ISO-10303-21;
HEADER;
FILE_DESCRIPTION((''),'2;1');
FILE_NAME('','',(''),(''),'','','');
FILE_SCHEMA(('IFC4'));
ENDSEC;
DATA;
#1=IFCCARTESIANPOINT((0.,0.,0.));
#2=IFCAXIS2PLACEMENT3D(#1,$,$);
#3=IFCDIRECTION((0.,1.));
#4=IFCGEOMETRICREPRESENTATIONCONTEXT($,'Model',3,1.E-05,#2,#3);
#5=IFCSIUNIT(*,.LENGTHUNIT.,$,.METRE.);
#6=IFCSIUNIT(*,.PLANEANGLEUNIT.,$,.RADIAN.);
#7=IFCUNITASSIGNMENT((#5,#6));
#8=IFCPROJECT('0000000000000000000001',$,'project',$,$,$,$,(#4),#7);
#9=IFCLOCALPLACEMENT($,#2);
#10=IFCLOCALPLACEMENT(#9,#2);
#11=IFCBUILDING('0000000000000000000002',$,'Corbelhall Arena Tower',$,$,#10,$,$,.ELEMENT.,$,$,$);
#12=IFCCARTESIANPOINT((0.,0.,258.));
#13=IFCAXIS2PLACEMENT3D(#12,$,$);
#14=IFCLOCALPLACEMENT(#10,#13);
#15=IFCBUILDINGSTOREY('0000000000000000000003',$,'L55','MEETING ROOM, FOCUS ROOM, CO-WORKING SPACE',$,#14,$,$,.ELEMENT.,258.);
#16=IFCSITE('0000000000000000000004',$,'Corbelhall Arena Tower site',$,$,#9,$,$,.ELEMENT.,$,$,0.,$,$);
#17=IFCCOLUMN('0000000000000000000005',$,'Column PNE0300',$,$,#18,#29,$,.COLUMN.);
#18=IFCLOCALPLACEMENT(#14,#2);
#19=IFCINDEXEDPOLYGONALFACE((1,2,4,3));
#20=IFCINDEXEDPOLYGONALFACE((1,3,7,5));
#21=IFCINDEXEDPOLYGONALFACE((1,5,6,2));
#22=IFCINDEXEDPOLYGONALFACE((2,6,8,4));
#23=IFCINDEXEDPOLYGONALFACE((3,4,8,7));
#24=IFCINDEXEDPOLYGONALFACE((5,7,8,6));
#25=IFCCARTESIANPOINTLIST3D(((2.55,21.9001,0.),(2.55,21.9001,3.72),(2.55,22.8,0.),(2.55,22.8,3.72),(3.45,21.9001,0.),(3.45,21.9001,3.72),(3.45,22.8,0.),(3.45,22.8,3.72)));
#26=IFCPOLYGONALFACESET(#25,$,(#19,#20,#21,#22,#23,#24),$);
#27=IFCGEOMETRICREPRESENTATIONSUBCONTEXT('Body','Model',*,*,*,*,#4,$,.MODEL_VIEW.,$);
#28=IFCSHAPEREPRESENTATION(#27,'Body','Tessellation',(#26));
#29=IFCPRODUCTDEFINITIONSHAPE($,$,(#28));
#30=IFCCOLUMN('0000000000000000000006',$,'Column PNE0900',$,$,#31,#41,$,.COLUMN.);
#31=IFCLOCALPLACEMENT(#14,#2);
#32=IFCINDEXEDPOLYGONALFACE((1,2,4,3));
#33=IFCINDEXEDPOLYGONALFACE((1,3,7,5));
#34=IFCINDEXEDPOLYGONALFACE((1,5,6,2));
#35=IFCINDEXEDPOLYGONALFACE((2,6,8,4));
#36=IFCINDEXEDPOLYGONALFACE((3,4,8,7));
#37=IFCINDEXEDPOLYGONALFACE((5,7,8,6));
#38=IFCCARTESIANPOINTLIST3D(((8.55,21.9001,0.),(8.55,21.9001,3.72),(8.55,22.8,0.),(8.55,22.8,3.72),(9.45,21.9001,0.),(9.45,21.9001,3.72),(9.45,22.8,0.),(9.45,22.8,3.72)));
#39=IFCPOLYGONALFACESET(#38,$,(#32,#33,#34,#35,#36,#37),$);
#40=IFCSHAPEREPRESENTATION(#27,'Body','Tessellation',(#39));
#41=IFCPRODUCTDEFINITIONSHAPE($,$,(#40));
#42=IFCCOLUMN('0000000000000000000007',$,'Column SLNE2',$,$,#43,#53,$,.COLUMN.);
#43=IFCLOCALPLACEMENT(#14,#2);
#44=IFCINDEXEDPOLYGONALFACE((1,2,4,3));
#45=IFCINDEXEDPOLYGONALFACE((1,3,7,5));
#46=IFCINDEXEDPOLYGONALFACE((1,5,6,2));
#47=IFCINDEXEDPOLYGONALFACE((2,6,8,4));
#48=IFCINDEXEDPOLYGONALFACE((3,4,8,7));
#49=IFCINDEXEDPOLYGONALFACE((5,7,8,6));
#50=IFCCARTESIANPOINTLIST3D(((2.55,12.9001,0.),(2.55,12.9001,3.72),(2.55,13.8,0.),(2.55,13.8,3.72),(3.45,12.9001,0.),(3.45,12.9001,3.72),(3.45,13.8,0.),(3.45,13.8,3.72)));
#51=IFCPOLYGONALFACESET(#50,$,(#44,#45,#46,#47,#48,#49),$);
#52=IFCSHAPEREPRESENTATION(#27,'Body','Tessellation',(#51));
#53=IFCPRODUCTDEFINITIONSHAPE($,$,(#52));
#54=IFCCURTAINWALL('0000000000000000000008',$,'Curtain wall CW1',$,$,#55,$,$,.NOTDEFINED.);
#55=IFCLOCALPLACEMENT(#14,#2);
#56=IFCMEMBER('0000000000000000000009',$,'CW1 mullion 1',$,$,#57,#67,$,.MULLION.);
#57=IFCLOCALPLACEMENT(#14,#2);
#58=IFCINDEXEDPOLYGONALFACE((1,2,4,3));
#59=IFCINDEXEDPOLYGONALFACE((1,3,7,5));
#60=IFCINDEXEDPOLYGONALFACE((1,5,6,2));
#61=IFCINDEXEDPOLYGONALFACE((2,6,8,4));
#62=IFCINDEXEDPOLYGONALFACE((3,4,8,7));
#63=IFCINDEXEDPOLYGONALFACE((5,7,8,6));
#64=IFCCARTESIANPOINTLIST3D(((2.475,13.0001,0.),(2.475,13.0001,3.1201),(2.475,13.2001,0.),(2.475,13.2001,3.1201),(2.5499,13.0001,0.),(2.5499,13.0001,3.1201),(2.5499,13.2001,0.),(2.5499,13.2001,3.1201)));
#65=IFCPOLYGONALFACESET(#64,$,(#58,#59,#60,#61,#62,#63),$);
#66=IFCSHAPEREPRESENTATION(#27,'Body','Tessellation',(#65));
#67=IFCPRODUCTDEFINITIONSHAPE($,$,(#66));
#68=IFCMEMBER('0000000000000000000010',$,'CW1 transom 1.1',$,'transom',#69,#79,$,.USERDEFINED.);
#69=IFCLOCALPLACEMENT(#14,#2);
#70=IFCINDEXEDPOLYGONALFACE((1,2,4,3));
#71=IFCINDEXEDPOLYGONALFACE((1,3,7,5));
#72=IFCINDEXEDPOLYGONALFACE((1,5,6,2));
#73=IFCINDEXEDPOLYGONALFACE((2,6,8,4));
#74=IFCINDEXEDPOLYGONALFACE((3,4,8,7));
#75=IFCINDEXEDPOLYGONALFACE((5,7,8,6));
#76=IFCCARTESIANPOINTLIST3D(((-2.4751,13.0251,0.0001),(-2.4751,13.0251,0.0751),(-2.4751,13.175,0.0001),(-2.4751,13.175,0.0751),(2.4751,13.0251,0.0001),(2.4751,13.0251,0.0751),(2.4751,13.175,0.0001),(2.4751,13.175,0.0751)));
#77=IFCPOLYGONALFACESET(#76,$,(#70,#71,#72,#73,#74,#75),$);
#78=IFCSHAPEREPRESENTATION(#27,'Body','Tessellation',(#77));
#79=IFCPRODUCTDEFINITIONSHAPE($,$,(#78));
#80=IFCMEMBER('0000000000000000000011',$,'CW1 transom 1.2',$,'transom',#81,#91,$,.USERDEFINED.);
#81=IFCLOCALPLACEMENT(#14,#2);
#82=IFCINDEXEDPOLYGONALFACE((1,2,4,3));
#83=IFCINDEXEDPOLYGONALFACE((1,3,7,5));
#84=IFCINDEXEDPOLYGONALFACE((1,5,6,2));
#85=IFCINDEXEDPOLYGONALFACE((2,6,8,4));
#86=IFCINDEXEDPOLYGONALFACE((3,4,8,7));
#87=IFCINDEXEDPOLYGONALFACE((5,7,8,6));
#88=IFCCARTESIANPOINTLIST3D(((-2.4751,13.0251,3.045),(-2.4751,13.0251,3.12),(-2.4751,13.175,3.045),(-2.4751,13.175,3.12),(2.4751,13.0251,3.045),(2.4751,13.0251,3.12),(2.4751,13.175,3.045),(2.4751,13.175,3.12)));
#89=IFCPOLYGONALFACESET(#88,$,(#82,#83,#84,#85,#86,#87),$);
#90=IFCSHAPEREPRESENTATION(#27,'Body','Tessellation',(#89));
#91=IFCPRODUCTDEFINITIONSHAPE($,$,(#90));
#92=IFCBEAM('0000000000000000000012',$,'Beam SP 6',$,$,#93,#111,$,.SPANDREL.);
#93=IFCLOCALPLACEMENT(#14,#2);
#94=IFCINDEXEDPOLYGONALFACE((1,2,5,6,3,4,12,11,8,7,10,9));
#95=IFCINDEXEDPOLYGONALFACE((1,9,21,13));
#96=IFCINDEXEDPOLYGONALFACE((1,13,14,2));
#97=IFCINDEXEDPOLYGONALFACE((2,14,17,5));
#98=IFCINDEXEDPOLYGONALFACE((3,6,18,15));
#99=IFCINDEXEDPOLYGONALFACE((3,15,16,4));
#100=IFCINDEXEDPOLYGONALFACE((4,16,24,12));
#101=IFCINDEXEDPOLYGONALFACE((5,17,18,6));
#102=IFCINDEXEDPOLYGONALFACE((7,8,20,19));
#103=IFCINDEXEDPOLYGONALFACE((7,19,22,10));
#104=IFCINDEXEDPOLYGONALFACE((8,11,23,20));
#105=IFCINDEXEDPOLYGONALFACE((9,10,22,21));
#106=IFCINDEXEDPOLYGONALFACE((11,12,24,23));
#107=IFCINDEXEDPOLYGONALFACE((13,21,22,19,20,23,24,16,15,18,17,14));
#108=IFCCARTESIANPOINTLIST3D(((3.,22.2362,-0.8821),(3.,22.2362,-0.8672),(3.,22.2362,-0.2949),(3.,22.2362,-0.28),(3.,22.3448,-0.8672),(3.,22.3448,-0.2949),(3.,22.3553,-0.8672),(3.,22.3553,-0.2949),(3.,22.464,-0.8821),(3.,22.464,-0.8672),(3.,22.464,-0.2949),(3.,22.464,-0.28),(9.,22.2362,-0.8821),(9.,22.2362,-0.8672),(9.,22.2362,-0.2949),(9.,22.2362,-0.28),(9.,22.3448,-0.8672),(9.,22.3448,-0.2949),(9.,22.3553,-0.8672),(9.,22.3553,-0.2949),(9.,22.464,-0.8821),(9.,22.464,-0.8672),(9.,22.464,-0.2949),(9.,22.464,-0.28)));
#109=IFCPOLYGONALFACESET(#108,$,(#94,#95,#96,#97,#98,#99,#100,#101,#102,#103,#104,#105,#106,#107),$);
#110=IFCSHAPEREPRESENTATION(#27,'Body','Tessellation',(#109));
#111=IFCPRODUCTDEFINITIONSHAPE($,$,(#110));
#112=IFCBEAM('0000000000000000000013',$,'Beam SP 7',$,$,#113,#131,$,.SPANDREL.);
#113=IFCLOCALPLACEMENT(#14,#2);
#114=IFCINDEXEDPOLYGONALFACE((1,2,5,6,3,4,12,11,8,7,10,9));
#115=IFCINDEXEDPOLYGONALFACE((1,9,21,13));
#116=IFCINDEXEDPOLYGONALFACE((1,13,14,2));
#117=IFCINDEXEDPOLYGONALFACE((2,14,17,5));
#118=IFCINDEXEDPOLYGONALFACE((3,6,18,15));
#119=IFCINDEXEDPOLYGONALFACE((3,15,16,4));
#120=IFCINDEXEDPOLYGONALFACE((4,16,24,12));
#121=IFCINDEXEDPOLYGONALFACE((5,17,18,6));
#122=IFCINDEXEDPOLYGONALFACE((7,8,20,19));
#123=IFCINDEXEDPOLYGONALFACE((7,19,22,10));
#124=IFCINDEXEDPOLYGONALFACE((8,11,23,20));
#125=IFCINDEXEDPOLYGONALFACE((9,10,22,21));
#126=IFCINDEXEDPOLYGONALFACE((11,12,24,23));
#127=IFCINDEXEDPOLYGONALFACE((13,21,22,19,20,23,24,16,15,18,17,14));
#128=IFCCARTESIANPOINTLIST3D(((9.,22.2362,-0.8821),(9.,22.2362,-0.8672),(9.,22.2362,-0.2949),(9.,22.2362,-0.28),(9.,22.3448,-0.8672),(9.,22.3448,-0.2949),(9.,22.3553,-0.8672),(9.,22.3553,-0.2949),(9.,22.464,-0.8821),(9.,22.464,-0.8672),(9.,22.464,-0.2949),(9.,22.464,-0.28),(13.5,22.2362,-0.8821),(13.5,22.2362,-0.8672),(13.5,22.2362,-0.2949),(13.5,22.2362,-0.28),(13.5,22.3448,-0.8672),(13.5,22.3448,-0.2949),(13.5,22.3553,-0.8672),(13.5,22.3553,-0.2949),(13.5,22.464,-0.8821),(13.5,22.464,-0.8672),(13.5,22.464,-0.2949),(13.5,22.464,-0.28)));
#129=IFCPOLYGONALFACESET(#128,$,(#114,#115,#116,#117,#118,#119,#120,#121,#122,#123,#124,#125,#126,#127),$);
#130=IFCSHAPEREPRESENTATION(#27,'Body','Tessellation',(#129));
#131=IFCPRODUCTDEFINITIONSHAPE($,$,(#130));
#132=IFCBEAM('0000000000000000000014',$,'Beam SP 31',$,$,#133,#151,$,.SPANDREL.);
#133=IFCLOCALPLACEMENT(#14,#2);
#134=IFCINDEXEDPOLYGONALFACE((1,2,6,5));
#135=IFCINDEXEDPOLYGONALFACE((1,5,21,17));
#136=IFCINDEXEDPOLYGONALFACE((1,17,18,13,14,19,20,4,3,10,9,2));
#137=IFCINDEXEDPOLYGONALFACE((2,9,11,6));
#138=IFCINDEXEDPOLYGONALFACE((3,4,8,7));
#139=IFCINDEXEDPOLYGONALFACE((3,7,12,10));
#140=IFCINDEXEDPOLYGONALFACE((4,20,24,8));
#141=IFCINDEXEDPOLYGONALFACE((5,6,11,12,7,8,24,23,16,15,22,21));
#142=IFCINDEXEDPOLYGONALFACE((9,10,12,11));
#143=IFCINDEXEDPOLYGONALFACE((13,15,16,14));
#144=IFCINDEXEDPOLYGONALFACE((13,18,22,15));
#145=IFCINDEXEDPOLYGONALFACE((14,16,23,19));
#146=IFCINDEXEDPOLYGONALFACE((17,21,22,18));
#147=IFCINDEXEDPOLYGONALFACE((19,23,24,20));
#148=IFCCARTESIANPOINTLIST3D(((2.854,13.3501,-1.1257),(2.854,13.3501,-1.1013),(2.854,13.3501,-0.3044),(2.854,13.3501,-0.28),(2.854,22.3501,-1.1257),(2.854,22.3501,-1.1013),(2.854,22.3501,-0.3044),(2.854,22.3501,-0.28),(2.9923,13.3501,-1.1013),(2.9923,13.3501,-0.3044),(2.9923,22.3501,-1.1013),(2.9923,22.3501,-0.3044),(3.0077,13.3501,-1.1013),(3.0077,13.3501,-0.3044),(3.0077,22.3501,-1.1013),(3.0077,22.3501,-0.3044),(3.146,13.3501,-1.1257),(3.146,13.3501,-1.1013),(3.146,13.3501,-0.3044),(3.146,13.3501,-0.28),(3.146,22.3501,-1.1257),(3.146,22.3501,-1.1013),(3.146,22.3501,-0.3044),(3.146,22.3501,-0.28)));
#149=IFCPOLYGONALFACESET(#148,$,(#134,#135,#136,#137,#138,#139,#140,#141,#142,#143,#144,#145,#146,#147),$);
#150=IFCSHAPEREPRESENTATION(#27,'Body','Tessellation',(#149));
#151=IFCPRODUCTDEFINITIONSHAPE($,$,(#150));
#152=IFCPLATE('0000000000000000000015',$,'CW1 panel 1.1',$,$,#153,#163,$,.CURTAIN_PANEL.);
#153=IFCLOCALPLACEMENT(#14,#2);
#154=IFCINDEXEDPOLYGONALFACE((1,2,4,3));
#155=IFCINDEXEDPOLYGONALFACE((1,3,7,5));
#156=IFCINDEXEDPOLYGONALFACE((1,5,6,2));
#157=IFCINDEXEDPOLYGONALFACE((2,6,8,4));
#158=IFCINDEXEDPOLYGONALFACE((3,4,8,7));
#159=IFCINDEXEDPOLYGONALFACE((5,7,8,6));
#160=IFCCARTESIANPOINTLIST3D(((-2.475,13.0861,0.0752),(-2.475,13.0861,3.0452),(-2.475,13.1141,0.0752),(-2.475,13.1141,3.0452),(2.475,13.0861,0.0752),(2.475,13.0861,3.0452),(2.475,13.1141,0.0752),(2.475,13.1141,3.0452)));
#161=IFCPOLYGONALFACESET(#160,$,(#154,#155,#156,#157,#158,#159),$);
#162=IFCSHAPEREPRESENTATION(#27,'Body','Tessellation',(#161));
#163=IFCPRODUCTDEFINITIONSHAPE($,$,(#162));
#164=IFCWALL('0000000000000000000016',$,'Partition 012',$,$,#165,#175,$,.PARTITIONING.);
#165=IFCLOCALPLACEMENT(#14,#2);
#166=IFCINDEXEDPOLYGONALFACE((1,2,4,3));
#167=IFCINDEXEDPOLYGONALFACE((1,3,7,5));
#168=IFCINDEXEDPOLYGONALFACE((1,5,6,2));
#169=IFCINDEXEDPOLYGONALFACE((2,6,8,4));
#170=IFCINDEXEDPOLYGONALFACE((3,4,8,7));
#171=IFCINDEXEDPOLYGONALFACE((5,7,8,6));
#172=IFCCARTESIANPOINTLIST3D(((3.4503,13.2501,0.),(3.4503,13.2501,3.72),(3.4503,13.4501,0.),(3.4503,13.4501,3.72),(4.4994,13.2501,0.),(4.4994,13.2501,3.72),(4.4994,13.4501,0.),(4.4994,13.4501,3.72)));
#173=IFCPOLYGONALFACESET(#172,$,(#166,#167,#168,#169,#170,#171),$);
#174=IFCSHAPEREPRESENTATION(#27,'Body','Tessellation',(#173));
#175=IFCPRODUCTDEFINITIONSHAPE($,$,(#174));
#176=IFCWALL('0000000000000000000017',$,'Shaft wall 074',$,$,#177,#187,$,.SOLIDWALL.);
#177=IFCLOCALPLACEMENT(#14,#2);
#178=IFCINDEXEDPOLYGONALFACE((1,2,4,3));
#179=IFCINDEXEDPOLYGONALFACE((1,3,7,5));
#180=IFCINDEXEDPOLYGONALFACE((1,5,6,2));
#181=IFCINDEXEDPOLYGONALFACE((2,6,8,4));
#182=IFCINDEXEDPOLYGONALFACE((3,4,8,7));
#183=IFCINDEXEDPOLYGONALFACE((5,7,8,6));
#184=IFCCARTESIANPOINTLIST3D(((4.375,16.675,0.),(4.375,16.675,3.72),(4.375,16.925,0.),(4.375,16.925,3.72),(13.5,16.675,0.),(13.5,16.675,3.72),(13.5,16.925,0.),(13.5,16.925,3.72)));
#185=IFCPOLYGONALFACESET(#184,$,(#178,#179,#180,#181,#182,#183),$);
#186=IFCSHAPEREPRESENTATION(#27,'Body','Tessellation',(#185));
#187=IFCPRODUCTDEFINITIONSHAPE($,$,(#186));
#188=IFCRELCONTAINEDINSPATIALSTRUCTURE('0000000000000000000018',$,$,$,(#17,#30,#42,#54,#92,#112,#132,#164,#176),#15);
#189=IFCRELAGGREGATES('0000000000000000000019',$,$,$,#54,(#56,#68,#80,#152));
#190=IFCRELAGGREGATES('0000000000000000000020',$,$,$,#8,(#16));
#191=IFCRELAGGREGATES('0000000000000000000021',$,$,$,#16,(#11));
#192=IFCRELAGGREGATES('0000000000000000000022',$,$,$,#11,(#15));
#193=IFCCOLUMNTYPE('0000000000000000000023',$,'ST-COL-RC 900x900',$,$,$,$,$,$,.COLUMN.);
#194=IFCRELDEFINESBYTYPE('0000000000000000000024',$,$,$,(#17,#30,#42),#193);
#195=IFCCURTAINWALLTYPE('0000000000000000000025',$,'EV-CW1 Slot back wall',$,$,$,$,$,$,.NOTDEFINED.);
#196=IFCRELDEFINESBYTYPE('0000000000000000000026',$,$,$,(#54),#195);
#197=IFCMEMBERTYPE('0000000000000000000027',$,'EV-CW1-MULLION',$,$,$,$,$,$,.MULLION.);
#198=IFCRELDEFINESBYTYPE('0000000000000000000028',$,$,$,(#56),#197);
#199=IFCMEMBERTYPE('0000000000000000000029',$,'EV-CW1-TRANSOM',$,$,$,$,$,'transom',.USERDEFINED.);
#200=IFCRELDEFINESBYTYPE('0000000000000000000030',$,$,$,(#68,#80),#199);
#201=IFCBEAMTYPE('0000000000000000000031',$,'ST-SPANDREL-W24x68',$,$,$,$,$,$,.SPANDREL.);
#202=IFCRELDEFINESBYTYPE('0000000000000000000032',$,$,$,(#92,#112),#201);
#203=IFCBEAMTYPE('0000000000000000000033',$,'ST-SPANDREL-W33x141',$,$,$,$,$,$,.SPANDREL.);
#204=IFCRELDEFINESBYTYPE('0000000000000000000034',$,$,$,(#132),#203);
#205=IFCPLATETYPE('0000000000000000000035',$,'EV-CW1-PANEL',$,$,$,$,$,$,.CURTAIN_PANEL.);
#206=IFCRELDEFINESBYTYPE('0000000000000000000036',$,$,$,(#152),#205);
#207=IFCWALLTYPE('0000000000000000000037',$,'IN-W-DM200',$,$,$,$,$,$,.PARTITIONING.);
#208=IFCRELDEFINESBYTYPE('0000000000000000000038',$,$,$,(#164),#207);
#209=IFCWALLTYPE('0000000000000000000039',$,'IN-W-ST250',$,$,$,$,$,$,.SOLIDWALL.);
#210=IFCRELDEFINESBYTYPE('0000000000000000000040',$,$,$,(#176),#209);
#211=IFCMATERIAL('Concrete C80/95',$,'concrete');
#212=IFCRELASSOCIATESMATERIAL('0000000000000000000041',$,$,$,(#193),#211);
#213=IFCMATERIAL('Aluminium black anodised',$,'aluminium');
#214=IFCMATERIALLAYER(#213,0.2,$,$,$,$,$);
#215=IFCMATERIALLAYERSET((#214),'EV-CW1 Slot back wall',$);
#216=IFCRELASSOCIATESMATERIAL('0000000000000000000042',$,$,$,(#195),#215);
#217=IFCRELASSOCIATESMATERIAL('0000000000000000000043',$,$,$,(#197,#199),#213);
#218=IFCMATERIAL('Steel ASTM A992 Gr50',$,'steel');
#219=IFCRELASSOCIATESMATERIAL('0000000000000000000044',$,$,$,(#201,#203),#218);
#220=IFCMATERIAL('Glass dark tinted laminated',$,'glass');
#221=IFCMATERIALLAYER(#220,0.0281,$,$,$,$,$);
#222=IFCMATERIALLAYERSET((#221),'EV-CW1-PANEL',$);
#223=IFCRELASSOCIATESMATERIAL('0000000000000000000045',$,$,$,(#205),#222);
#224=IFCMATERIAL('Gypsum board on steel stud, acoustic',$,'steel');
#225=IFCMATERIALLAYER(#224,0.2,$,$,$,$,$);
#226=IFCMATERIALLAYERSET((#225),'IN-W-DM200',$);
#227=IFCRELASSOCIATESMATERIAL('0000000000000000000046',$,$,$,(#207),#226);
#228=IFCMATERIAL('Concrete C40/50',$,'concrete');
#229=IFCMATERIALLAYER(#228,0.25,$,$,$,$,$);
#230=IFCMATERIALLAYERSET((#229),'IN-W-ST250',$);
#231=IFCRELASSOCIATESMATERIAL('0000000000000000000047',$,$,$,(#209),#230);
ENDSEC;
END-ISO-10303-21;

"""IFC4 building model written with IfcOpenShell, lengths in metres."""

from ifc_helpers import new_model, si_unit, direction, frame, frame_2d, origin, origin_2d, place, context, subcontext, project, spatial, rectangle, i_section, extrude, material, layer, layer_set, material_profile, profile_set, type_object, element, aggregate, save


model = new_model("IFC4")

# Units and contexts
model_context = context("Model", 3, precision=1e-05, world=origin(), true_north=direction((0.0, 1.0)))
body_context = subcontext(model_context, "Body", "Model", "MODEL_VIEW")
ifc_project = project(units=[si_unit("LENGTHUNIT", "METRE"), si_unit("PLANEANGLEUNIT", "RADIAN")], contexts=[model_context])

# Site, building, storey
site_placement = place(None, origin())
site = spatial("IfcSite", under=ifc_project, at=site_placement, Name="Corbelhall Arena Tower site", CompositionType="ELEMENT", RefElevation=0.0)
building_placement = place(site_placement, origin())
building = spatial("IfcBuilding", under=site, at=building_placement, Name="Corbelhall Arena Tower", CompositionType="ELEMENT")
storey_placement = place(building_placement, frame((0.0, 0.0, 258.0)))
storey = spatial("IfcBuildingStorey", under=building, at=storey_placement, Name="L55", Description="MEETING ROOM, FOCUS ROOM, CO-WORKING SPACE", CompositionType="ELEMENT", Elevation=258.0)

# Columns
ifc_material_1 = material(Name="Concrete C80/95", Category="concrete")
ifc_material_profile_1 = material_profile(ifc_material_1, rectangle(XDim=0.8999, YDim=0.8999, at=origin_2d()))
ifc_profile_set_1 = profile_set([ifc_material_profile_1], Name="Concrete C80/95")
column_type = type_object("IfcColumnType", Name="ST-COL-RC 900x900", PredefinedType="COLUMN", material=ifc_profile_set_1)
for number, where, z_axis, x_axis, name in (
    (1, (3.0, 22.3501, 0.0), (0.0, 0.0, 1.0), (1.0, 0.0, 0.0), "Column PNE0300"),
    (2, (9.0, 22.3501, 0.0), (0.0, 0.0, 1.0), (1.0, 0.0, 0.0), "Column PNE0900"),
    (3, (3.0, 13.3501, 0.0), (0.0, 0.0, 1.0), (1.0, 0.0, 0.0), "Column SLNE2"),
):
    element("IfcColumn", number, at=place(storey_placement, frame(where, z_axis=z_axis, x_axis=x_axis)), inside=storey, type_object=column_type, Name=name, PredefinedType="COLUMN", context=body_context, shape_type="SweptSolid", body=[
        extrude(rectangle(XDim=0.8999, YDim=0.8999, at=origin_2d()), origin(), (0.0, 0.0, 1.0), 3.72),
    ])

# Curtain wall, members
ifc_material_2 = material(Name="Aluminium black anodised", Category="aluminium")
ifc_layer_1 = layer(ifc_material_2, 0.2)
ifc_layer_set_1 = layer_set([ifc_layer_1], Name="EV-CW1 Slot back wall")
curtain_wall_type = type_object("IfcCurtainWallType", Name="EV-CW1 Slot back wall", PredefinedType="NOTDEFINED", material=ifc_layer_set_1)
curtain_wall_placement = place(storey_placement, origin())
curtain_wall = element("IfcCurtainWall", 4, at=curtain_wall_placement, inside=storey, type_object=curtain_wall_type, Name="Curtain wall CW1", PredefinedType="NOTDEFINED")
ifc_material_profile_2 = material_profile(ifc_material_2, rectangle(XDim=0.2, YDim=0.075, at=origin_2d()))
ifc_profile_set_2 = profile_set([ifc_material_profile_2], Name="Aluminium black anodised")
member_type_1 = type_object("IfcMemberType", Name="EV-CW1-MULLION", PredefinedType="MULLION", material=ifc_profile_set_2)
member_1_placement = place(storey_placement, frame((2.5125, 13.1001, 0.0), z_axis=(0.0, 0.0, 1.0), x_axis=(0.0, -1.0, 0.0)))
member_1 = element("IfcMember", 5, at=member_1_placement, type_object=member_type_1, Name="CW1 mullion 1", PredefinedType="MULLION", context=body_context, shape_type="SweptSolid", body=[
    extrude(rectangle(XDim=0.2, YDim=0.075, at=origin_2d()), origin(), (0.0, 0.0, 1.0), 3.1201),
])
ifc_material_profile_3 = material_profile(ifc_material_2, rectangle(XDim=0.1499, YDim=0.075, at=origin_2d()))
ifc_profile_set_3 = profile_set([ifc_material_profile_3], Name="Aluminium black anodised")
member_type_2 = type_object("IfcMemberType", Name="EV-CW1-TRANSOM", ElementType="transom", PredefinedType="USERDEFINED", material=ifc_profile_set_3)
member_2_placement = place(storey_placement, frame((2.4751, 13.1001, 0.0376), z_axis=(-1.0, 0.0, 0.0), x_axis=(0.0, -1.0, 0.0)))
member_2 = element("IfcMember", 6, at=member_2_placement, type_object=member_type_2, Name="CW1 transom 1.1", ObjectType="transom", PredefinedType="USERDEFINED", context=body_context, shape_type="SweptSolid", body=[
    extrude(rectangle(XDim=0.1499, YDim=0.075, at=origin_2d()), origin(), (0.0, 0.0, 1.0), 4.9502),
])
member_3_placement = place(storey_placement, frame((2.4751, 13.1001, 3.0825), z_axis=(-1.0, 0.0, 0.0), x_axis=(0.0, -1.0, 0.0)))
member_3 = element("IfcMember", 7, at=member_3_placement, type_object=member_type_2, Name="CW1 transom 1.2", ObjectType="transom", PredefinedType="USERDEFINED", context=body_context, shape_type="SweptSolid", body=[
    extrude(rectangle(XDim=0.1499, YDim=0.075, at=origin_2d()), origin(), (0.0, 0.0, 1.0), 4.9502),
])

# Beams
ifc_material_3 = material(Name="Steel ASTM A992 Gr50", Category="steel")
ifc_material_profile_4 = material_profile(ifc_material_3, i_section(OverallWidth=0.2278, OverallDepth=0.6021, WebThickness=0.0105, FlangeThickness=0.0149, at=origin_2d()))
ifc_profile_set_4 = profile_set([ifc_material_profile_4], Name="Steel ASTM A992 Gr50")
beam_type_1 = type_object("IfcBeamType", Name="ST-SPANDREL-W24x68", PredefinedType="SPANDREL", material=ifc_profile_set_4)
beam_1_placement = place(storey_placement, frame((3.0, 22.3501, -0.5811), z_axis=(1.0, 0.0, 0.0), x_axis=(0.0, 1.0, 0.0)))
element("IfcBeam", 8, at=beam_1_placement, inside=storey, type_object=beam_type_1, Name="Beam SP 6", PredefinedType="SPANDREL", context=body_context, shape_type="SweptSolid", body=[
    extrude(i_section(OverallWidth=0.2278, OverallDepth=0.6021, WebThickness=0.0105, FlangeThickness=0.0149, at=origin_2d()), origin(), (0.0, 0.0, 1.0), 6.0),
])
beam_2_placement = place(storey_placement, frame((9.0, 22.3501, -0.5811), z_axis=(1.0, 0.0, 0.0), x_axis=(0.0, 1.0, 0.0)))
element("IfcBeam", 9, at=beam_2_placement, inside=storey, type_object=beam_type_1, Name="Beam SP 7", PredefinedType="SPANDREL", context=body_context, shape_type="SweptSolid", body=[
    extrude(i_section(OverallWidth=0.2278, OverallDepth=0.6021, WebThickness=0.0105, FlangeThickness=0.0149, at=origin_2d()), origin(), (0.0, 0.0, 1.0), 4.5),
])
ifc_material_profile_5 = material_profile(ifc_material_3, i_section(OverallWidth=0.292, OverallDepth=0.8457, WebThickness=0.0154, FlangeThickness=0.0244, at=origin_2d()))
ifc_profile_set_5 = profile_set([ifc_material_profile_5], Name="Steel ASTM A992 Gr50")
beam_type_2 = type_object("IfcBeamType", Name="ST-SPANDREL-W33x141", PredefinedType="SPANDREL", material=ifc_profile_set_5)
beam_3_placement = place(storey_placement, frame((3.0, 13.3501, -0.7029), z_axis=(0.0, 1.0, 0.0), x_axis=(-1.0, 0.0, 0.0)))
element("IfcBeam", 10, at=beam_3_placement, inside=storey, type_object=beam_type_2, Name="Beam SP 31", PredefinedType="SPANDREL", context=body_context, shape_type="SweptSolid", body=[
    extrude(i_section(OverallWidth=0.292, OverallDepth=0.8457, WebThickness=0.0154, FlangeThickness=0.0244, at=origin_2d()), origin(), (0.0, 0.0, 1.0), 9.0),
])

# Plate
ifc_material_4 = material(Name="Glass dark tinted laminated", Category="glass")
ifc_layer_2 = layer(ifc_material_4, 0.0281)
ifc_layer_set_2 = layer_set([ifc_layer_2], Name="EV-CW1-PANEL")
plate_type = type_object("IfcPlateType", Name="EV-CW1-PANEL", PredefinedType="CURTAIN_PANEL", material=ifc_layer_set_2)
plate_placement = place(storey_placement, frame((0.0, 13.1001, 0.0752), z_axis=(0.0, 0.0, 1.0), x_axis=(-1.0, 0.0, 0.0)))
plate = element("IfcPlate", 11, at=plate_placement, type_object=plate_type, Name="CW1 panel 1.1", PredefinedType="CURTAIN_PANEL", context=body_context, shape_type="SweptSolid", body=[
    extrude(rectangle(XDim=4.95, YDim=0.0281, at=origin_2d()), origin(), (0.0, 0.0, 1.0), 2.97),
])
aggregate(curtain_wall, [member_1, member_2, member_3, plate])

# Walls
ifc_material_5 = material(Name="Gypsum board on steel stud, acoustic", Category="steel")
ifc_layer_3 = layer(ifc_material_5, 0.2)
ifc_layer_set_3 = layer_set([ifc_layer_3], Name="IN-W-DM200")
wall_type_1 = type_object("IfcWallType", Name="IN-W-DM200", PredefinedType="PARTITIONING", material=ifc_layer_set_3)
wall_1_placement = place(storey_placement, frame((3.4504, 13.3501, 0.0), z_axis=(0.0, 0.0, 1.0), x_axis=(1.0, 0.0, 0.0)))
element("IfcWall", 12, at=wall_1_placement, inside=storey, type_object=wall_type_1, Name="Partition 012", PredefinedType="PARTITIONING", context=body_context, shape_type="SweptSolid", body=[
    extrude(rectangle(XDim=1.0491, YDim=0.2, at=frame_2d((0.5244, 0.0))), origin(), (0.0, 0.0, 1.0), 3.72),
])
ifc_material_6 = material(Name="Concrete C40/50", Category="concrete")
ifc_layer_4 = layer(ifc_material_6, 0.25)
ifc_layer_set_4 = layer_set([ifc_layer_4], Name="IN-W-ST250")
wall_type_2 = type_object("IfcWallType", Name="IN-W-ST250", PredefinedType="SOLIDWALL", material=ifc_layer_set_4)
wall_2_placement = place(storey_placement, frame((4.375, 16.8, 0.0), z_axis=(0.0, 0.0, 1.0), x_axis=(1.0, 0.0, 0.0)))
element("IfcWall", 13, at=wall_2_placement, inside=storey, type_object=wall_type_2, Name="Shaft wall 074", PredefinedType="SOLIDWALL", context=body_context, shape_type="SweptSolid", body=[
    extrude(rectangle(XDim=9.125, YDim=0.25, at=frame_2d((4.5625, 0.0))), origin(), (0.0, 0.0, 1.0), 3.72),
])

save(model, "model.ifc")
